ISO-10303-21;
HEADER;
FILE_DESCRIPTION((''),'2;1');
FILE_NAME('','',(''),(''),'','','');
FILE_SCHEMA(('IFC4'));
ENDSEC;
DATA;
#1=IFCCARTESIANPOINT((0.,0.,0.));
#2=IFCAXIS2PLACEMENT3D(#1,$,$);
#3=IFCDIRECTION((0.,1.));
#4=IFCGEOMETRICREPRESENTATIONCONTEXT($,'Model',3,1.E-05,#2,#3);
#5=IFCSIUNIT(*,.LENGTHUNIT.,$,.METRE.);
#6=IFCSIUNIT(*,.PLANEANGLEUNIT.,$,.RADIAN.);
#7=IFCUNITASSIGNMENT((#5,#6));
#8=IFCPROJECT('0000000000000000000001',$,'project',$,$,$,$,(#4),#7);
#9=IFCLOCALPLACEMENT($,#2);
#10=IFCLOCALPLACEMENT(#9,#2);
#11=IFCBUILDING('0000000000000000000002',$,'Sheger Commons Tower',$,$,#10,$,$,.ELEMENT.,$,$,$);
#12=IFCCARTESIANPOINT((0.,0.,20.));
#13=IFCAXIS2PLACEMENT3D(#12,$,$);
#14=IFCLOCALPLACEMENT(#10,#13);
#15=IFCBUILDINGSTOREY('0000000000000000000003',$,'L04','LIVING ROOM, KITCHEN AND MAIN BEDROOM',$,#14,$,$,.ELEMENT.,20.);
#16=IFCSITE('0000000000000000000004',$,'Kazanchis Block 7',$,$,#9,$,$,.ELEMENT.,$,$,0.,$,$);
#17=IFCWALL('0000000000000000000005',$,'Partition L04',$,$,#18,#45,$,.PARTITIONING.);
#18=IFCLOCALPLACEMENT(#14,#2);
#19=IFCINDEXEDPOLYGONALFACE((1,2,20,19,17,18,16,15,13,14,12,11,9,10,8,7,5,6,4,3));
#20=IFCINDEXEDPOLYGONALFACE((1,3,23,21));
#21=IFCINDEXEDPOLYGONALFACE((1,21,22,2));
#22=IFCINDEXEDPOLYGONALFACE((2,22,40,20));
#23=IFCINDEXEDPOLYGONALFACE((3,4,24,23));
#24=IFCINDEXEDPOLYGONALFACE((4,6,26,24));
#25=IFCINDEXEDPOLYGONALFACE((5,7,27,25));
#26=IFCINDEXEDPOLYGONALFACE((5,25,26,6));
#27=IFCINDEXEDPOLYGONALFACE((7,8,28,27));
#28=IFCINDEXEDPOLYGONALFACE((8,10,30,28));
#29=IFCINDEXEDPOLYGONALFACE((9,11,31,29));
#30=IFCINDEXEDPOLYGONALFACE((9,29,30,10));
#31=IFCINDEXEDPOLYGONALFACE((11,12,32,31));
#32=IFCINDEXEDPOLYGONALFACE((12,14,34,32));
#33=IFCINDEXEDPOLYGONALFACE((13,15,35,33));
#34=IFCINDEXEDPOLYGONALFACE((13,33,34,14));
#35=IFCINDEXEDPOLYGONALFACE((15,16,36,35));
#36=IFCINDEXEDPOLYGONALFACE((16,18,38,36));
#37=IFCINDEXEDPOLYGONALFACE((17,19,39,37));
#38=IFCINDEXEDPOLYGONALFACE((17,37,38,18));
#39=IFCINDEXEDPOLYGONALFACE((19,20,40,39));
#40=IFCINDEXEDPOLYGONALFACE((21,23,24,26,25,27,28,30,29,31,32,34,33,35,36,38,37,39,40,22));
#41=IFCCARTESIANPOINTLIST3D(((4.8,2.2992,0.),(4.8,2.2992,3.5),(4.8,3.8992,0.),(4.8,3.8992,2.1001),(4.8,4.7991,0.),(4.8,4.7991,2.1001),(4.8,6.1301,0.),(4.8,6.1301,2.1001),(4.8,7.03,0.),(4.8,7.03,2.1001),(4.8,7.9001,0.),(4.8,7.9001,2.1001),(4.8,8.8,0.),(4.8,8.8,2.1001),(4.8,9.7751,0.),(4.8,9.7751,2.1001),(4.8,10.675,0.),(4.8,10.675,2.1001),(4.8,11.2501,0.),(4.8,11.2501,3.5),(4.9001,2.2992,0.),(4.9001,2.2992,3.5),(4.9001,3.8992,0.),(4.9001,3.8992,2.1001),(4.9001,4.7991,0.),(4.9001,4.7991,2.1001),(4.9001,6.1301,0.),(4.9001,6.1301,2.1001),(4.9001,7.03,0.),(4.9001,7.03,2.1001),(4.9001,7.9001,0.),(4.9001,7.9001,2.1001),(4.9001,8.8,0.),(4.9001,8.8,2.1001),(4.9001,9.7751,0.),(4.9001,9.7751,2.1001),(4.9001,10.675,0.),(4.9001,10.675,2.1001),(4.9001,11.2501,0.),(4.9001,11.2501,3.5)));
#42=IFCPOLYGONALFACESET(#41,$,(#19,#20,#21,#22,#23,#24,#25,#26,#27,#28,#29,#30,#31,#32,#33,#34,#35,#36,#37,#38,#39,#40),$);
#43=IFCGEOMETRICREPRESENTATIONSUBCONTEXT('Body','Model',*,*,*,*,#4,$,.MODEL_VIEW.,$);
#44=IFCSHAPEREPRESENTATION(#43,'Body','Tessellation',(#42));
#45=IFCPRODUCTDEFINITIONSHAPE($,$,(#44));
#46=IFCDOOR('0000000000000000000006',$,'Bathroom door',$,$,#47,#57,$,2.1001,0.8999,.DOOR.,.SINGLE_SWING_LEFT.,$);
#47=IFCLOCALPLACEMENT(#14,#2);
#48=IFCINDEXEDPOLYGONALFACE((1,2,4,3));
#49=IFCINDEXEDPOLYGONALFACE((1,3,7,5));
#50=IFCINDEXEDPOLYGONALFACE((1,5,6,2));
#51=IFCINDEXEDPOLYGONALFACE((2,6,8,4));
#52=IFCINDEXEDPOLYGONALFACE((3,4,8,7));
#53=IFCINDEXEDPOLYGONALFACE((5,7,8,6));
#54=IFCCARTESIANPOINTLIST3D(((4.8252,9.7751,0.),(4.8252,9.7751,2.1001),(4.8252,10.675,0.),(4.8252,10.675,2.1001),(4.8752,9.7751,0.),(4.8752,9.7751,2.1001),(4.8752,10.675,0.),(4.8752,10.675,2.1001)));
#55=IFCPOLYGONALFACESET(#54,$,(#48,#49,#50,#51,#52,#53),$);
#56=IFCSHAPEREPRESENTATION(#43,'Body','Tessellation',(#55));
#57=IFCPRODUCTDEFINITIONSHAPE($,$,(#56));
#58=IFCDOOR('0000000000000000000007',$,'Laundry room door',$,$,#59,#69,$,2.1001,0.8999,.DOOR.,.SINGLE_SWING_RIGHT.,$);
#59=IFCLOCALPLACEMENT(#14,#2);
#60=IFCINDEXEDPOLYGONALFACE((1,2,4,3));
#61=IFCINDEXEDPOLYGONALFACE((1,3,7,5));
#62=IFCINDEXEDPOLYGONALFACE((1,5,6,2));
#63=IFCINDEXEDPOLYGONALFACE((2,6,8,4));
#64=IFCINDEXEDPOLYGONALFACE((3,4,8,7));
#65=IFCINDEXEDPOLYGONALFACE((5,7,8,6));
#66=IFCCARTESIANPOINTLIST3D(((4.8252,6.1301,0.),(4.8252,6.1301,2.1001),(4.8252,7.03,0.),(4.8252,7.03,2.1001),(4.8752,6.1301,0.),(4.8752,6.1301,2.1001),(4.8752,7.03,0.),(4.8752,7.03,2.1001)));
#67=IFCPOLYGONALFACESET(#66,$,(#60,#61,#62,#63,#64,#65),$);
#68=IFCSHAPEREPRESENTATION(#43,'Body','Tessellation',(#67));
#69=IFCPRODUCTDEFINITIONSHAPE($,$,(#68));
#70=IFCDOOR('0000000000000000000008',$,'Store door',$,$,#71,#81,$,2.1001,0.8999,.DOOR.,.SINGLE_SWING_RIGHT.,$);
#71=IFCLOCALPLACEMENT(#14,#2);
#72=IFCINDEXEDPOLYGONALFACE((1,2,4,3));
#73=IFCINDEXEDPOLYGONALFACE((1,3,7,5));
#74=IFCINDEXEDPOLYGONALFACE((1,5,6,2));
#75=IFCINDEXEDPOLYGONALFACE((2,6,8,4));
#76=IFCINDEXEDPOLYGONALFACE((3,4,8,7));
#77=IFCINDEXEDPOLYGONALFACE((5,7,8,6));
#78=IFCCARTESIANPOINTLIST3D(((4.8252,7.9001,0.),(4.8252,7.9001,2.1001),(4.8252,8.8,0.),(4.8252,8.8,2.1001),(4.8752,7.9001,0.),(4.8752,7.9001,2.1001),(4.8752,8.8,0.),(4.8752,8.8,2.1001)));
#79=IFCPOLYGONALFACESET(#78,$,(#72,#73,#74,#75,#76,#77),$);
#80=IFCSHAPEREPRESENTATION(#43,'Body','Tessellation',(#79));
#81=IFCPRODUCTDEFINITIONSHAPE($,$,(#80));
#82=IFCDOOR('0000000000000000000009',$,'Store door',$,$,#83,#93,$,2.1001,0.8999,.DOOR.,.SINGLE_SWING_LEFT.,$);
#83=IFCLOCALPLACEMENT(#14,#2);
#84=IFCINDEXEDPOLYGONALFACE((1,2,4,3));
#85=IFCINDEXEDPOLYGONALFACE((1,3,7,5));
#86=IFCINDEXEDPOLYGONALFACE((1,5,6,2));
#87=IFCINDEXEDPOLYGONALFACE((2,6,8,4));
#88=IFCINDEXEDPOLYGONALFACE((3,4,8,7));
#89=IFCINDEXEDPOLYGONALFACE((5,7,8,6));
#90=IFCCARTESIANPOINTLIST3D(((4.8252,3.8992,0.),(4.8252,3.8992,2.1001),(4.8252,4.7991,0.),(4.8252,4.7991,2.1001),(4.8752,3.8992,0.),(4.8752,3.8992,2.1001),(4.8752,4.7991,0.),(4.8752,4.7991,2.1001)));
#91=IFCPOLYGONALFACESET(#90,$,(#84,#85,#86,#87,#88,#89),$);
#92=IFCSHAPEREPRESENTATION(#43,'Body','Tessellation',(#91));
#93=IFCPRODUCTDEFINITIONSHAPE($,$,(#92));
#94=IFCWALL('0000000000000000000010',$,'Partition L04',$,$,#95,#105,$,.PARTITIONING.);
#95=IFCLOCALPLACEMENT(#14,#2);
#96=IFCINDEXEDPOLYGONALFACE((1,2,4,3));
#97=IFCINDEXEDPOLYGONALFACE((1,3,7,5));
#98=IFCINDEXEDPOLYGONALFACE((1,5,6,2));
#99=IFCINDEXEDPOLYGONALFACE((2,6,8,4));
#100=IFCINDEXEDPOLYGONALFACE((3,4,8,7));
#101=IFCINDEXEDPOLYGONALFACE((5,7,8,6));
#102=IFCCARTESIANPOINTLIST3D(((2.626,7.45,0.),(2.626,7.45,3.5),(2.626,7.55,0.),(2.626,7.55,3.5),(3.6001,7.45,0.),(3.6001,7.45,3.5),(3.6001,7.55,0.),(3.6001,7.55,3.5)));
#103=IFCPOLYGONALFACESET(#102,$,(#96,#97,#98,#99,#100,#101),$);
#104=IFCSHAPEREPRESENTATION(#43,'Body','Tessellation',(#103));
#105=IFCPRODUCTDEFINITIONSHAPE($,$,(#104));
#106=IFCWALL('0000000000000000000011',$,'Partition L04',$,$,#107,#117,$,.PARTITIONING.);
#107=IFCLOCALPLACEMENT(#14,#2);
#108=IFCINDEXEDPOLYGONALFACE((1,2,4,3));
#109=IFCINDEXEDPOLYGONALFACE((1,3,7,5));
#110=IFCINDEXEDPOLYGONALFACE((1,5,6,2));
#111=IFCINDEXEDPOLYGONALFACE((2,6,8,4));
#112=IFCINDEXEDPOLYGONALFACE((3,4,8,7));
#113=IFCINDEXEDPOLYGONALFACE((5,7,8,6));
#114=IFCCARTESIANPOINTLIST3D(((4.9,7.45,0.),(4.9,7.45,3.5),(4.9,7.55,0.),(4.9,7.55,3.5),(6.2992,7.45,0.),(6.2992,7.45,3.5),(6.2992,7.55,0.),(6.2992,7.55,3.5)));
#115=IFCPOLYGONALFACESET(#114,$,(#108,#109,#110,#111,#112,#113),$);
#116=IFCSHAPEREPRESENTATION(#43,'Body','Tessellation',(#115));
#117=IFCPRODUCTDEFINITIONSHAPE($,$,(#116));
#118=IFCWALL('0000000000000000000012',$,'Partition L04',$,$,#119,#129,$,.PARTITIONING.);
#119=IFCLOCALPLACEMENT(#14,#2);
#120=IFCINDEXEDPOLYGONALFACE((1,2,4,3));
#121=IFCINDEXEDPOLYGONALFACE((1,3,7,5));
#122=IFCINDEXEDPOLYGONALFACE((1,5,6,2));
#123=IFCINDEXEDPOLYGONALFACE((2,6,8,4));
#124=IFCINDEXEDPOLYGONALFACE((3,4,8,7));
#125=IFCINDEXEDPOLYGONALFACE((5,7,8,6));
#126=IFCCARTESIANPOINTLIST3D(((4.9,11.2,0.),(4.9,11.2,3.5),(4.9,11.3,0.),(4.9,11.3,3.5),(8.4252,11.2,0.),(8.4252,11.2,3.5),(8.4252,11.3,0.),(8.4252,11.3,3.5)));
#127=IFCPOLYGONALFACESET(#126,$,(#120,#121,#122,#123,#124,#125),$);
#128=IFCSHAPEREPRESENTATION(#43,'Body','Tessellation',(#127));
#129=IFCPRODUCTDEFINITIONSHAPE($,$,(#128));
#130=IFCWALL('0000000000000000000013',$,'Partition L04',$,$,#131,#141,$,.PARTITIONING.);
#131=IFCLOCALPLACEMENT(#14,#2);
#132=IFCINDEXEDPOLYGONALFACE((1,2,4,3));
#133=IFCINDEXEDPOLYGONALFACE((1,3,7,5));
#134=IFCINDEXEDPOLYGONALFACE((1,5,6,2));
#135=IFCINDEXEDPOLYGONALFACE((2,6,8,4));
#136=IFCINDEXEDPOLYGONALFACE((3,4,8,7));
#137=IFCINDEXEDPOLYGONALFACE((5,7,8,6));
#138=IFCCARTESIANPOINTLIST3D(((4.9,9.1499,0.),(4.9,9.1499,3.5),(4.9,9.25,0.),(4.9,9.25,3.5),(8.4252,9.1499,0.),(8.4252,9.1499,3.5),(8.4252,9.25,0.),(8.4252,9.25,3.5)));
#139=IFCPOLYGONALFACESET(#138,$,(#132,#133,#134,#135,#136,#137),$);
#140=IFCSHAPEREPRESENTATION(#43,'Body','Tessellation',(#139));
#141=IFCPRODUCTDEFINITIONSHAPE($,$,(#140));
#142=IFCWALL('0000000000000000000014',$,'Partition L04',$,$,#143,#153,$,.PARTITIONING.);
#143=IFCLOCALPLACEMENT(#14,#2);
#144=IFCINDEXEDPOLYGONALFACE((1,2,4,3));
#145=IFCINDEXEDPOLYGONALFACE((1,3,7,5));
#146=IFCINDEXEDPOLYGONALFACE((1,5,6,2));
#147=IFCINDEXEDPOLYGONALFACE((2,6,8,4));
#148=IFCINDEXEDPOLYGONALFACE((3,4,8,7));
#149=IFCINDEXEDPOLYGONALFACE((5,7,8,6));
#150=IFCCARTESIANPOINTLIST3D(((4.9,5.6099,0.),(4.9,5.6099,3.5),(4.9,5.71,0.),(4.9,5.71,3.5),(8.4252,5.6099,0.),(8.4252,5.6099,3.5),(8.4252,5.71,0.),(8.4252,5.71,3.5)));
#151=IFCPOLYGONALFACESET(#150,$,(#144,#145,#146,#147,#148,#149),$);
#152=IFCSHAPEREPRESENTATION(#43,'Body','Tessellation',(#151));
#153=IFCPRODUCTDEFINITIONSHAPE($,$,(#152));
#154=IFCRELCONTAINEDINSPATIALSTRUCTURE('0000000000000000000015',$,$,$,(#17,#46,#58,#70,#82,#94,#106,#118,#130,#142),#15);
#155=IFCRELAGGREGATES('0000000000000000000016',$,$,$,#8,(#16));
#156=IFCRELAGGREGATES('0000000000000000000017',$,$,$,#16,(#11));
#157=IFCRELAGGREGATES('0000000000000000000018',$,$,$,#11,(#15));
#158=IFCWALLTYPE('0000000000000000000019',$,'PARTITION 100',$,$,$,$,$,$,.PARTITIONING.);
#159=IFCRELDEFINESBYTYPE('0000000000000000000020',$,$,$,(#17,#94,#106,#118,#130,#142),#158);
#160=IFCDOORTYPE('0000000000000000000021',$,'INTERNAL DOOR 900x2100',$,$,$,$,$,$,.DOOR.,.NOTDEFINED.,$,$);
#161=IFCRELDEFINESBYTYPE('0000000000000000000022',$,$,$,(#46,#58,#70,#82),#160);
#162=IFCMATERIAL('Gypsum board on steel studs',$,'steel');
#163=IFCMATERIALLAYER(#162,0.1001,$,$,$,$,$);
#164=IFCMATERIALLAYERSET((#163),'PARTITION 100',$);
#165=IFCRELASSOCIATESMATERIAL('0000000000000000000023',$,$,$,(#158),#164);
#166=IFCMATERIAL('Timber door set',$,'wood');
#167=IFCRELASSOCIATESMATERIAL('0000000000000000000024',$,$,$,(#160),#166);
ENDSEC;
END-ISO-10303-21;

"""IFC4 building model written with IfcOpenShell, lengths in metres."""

from ifc_helpers import new_model, si_unit, direction, frame, frame_2d, origin, place, context, subcontext, project, spatial, rectangle, extrude, material, layer, layer_set, type_object, element, fill, save


model = new_model("IFC4")

# Units and contexts
model_context = context("Model", 3, precision=1e-05, world=origin(), true_north=direction((0.0, 1.0)))
body_context = subcontext(model_context, "Body", "Model", "MODEL_VIEW")
ifc_project = project(units=[si_unit("LENGTHUNIT", "METRE"), si_unit("PLANEANGLEUNIT", "RADIAN")], contexts=[model_context])

# Site, building, storey
site_placement = place(None, origin())
site = spatial("IfcSite", under=ifc_project, at=site_placement, Name="Kazanchis Block 7", CompositionType="ELEMENT", RefElevation=0.0)
building_placement = place(site_placement, origin())
building = spatial("IfcBuilding", under=site, at=building_placement, Name="Sheger Commons Tower", CompositionType="ELEMENT")
storey_placement = place(building_placement, frame((0.0, 0.0, 20.0)))
storey = spatial("IfcBuildingStorey", under=building, at=storey_placement, Name="L04", Description="LIVING ROOM, KITCHEN AND MAIN BEDROOM", CompositionType="ELEMENT", Elevation=20.0)

# Wall, openings, doors
ifc_material_1 = material(Name="Gypsum board on steel studs", Category="steel")
ifc_layer_1 = layer(ifc_material_1, 0.1001)
ifc_layer_set_1 = layer_set([ifc_layer_1], Name="PARTITION 100")
wall_type_1 = type_object("IfcWallType", Name="PARTITION 100", PredefinedType="PARTITIONING", material=ifc_layer_set_1)
ifc_material_2 = material(Name="Timber door set", Category="wood")
door_type = type_object("IfcDoorType", Name="INTERNAL DOOR 900x2100", OperationType="NOTDEFINED", PredefinedType="DOOR", material=ifc_material_2)
wall_1_placement = place(storey_placement, frame((4.8501, 2.2991, 0.0), z_axis=(0.0, 0.0, 1.0), x_axis=(0.0, 1.0, 0.0)))
wall_1 = element("IfcWall", 1, at=wall_1_placement, inside=storey, type_object=wall_type_1, Name="Partition L04", PredefinedType="PARTITIONING", context=body_context, shape_type="SweptSolid", body=[
    extrude(rectangle(XDim=8.9509, YDim=0.1001, at=frame_2d((4.4756, 0.0))), origin(), (0.0, 0.0, 1.0), 3.5),
])
opening_1_placement = place(wall_1_placement, frame((7.4761, 0.0, 0.0)))
opening_1 = element("IfcOpeningElement", 2, at=opening_1_placement, cuts=wall_1, PredefinedType="OPENING", context=body_context, shape_type="SweptSolid", body=[
    extrude(rectangle(XDim=0.8999, YDim=2.1001, at=frame_2d((0.45, 1.05))), frame((0.0, 0.0601, 0.0), z_axis=(0.0, -1.0, 0.0), x_axis=(1.0, 0.0, 0.0)), (0.0, 0.0, 1.0), 0.1201),
])
opening_2_placement = place(wall_1_placement, frame((3.8311, 0.0, 0.0)))
opening_2 = element("IfcOpeningElement", 3, at=opening_2_placement, cuts=wall_1, PredefinedType="OPENING", context=body_context, shape_type="SweptSolid", body=[
    extrude(rectangle(XDim=0.8999, YDim=2.1001, at=frame_2d((0.45, 1.05))), frame((0.0, 0.0601, 0.0), z_axis=(0.0, -1.0, 0.0), x_axis=(1.0, 0.0, 0.0)), (0.0, 0.0, 1.0), 0.1201),
])
opening_3_placement = place(wall_1_placement, frame((5.6011, 0.0, 0.0)))
opening_3 = element("IfcOpeningElement", 4, at=opening_3_placement, cuts=wall_1, PredefinedType="OPENING", context=body_context, shape_type="SweptSolid", body=[
    extrude(rectangle(XDim=0.8999, YDim=2.1001, at=frame_2d((0.45, 1.05))), frame((0.0, 0.0601, 0.0), z_axis=(0.0, -1.0, 0.0), x_axis=(1.0, 0.0, 0.0)), (0.0, 0.0, 1.0), 0.1201),
])
opening_4_placement = place(wall_1_placement, frame((1.6001, 0.0, 0.0)))
opening_4 = element("IfcOpeningElement", 5, at=opening_4_placement, cuts=wall_1, PredefinedType="OPENING", context=body_context, shape_type="SweptSolid", body=[
    extrude(rectangle(XDim=0.8999, YDim=2.1001, at=frame_2d((0.45, 1.05))), frame((0.0, 0.0601, 0.0), z_axis=(0.0, -1.0, 0.0), x_axis=(1.0, 0.0, 0.0)), (0.0, 0.0, 1.0), 0.1201),
])
door_1_placement = place(opening_1_placement, origin())
door_1 = element("IfcDoor", 6, at=door_1_placement, inside=storey, type_object=door_type, Name="Bathroom door", OperationType="SINGLE_SWING_LEFT", OverallHeight=2.1001, OverallWidth=0.8999, PredefinedType="DOOR", context=body_context, shape_type="SweptSolid", body=[
    extrude(rectangle(XDim=0.8999, YDim=2.1001, at=frame_2d((0.45, 1.05))), frame((0.0, 0.0249, 0.0), z_axis=(0.0, -1.0, 0.0), x_axis=(1.0, 0.0, 0.0)), (0.0, 0.0, 1.0), 0.05),
])
fill(opening_1, door_1)
door_2_placement = place(opening_2_placement, origin())
door_2 = element("IfcDoor", 7, at=door_2_placement, inside=storey, type_object=door_type, Name="Laundry room door", OperationType="SINGLE_SWING_RIGHT", OverallHeight=2.1001, OverallWidth=0.8999, PredefinedType="DOOR", context=body_context, shape_type="SweptSolid", body=[
    extrude(rectangle(XDim=0.8999, YDim=2.1001, at=frame_2d((0.45, 1.05))), frame((0.0, 0.0249, 0.0), z_axis=(0.0, -1.0, 0.0), x_axis=(1.0, 0.0, 0.0)), (0.0, 0.0, 1.0), 0.05),
])
fill(opening_2, door_2)
door_3_placement = place(opening_3_placement, origin())
door_3 = element("IfcDoor", 8, at=door_3_placement, inside=storey, type_object=door_type, Name="Store door", OperationType="SINGLE_SWING_RIGHT", OverallHeight=2.1001, OverallWidth=0.8999, PredefinedType="DOOR", context=body_context, shape_type="SweptSolid", body=[
    extrude(rectangle(XDim=0.8999, YDim=2.1001, at=frame_2d((0.45, 1.05))), frame((0.0, 0.0249, 0.0), z_axis=(0.0, -1.0, 0.0), x_axis=(1.0, 0.0, 0.0)), (0.0, 0.0, 1.0), 0.05),
])
fill(opening_3, door_3)
door_4_placement = place(opening_4_placement, origin())
door_4 = element("IfcDoor", 9, at=door_4_placement, inside=storey, type_object=door_type, Name="Store door", OperationType="SINGLE_SWING_LEFT", OverallHeight=2.1001, OverallWidth=0.8999, PredefinedType="DOOR", context=body_context, shape_type="SweptSolid", body=[
    extrude(rectangle(XDim=0.8999, YDim=2.1001, at=frame_2d((0.45, 1.05))), frame((0.0, 0.0249, 0.0), z_axis=(0.0, -1.0, 0.0), x_axis=(1.0, 0.0, 0.0)), (0.0, 0.0, 1.0), 0.05),
])
fill(opening_4, door_4)

# Walls
wall_2_placement = place(storey_placement, frame((2.626, 7.5, 0.0), z_axis=(0.0, 0.0, 1.0), x_axis=(1.0, 0.0, 0.0)))
element("IfcWall", 10, at=wall_2_placement, inside=storey, type_object=wall_type_1, Name="Partition L04", PredefinedType="PARTITIONING", context=body_context, shape_type="SweptSolid", body=[
    extrude(rectangle(XDim=0.9741, YDim=0.1001, at=frame_2d((0.4871, 0.0))), origin(), (0.0, 0.0, 1.0), 3.5),
])
wall_3_placement = place(storey_placement, frame((4.8999, 7.5, 0.0), z_axis=(0.0, 0.0, 1.0), x_axis=(1.0, 0.0, 0.0)))
element("IfcWall", 11, at=wall_3_placement, inside=storey, type_object=wall_type_1, Name="Partition L04", PredefinedType="PARTITIONING", context=body_context, shape_type="SweptSolid", body=[
    extrude(rectangle(XDim=1.3992, YDim=0.1001, at=frame_2d((0.6997, 0.0))), origin(), (0.0, 0.0, 1.0), 3.5),
])
for number, where, z_axis, x_axis, name in (
    (12, (4.8999, 11.25, 0.0), (0.0, 0.0, 1.0), (1.0, 0.0, 0.0), "Partition L04"),
    (13, (4.8999, 9.2, 0.0), (0.0, 0.0, 1.0), (1.0, 0.0, 0.0), "Partition L04"),
    (14, (4.8999, 5.6599, 0.0), (0.0, 0.0, 1.0), (1.0, 0.0, 0.0), "Partition L04"),
):
    element("IfcWall", number, at=place(storey_placement, frame(where, z_axis=z_axis, x_axis=x_axis)), inside=storey, type_object=wall_type_1, Name=name, PredefinedType="PARTITIONING", context=body_context, shape_type="SweptSolid", body=[
        extrude(rectangle(XDim=3.5251, YDim=0.1001, at=frame_2d((1.7627, 0.0))), origin(), (0.0, 0.0, 1.0), 3.5),
    ])

save(model, "model.ifc")
